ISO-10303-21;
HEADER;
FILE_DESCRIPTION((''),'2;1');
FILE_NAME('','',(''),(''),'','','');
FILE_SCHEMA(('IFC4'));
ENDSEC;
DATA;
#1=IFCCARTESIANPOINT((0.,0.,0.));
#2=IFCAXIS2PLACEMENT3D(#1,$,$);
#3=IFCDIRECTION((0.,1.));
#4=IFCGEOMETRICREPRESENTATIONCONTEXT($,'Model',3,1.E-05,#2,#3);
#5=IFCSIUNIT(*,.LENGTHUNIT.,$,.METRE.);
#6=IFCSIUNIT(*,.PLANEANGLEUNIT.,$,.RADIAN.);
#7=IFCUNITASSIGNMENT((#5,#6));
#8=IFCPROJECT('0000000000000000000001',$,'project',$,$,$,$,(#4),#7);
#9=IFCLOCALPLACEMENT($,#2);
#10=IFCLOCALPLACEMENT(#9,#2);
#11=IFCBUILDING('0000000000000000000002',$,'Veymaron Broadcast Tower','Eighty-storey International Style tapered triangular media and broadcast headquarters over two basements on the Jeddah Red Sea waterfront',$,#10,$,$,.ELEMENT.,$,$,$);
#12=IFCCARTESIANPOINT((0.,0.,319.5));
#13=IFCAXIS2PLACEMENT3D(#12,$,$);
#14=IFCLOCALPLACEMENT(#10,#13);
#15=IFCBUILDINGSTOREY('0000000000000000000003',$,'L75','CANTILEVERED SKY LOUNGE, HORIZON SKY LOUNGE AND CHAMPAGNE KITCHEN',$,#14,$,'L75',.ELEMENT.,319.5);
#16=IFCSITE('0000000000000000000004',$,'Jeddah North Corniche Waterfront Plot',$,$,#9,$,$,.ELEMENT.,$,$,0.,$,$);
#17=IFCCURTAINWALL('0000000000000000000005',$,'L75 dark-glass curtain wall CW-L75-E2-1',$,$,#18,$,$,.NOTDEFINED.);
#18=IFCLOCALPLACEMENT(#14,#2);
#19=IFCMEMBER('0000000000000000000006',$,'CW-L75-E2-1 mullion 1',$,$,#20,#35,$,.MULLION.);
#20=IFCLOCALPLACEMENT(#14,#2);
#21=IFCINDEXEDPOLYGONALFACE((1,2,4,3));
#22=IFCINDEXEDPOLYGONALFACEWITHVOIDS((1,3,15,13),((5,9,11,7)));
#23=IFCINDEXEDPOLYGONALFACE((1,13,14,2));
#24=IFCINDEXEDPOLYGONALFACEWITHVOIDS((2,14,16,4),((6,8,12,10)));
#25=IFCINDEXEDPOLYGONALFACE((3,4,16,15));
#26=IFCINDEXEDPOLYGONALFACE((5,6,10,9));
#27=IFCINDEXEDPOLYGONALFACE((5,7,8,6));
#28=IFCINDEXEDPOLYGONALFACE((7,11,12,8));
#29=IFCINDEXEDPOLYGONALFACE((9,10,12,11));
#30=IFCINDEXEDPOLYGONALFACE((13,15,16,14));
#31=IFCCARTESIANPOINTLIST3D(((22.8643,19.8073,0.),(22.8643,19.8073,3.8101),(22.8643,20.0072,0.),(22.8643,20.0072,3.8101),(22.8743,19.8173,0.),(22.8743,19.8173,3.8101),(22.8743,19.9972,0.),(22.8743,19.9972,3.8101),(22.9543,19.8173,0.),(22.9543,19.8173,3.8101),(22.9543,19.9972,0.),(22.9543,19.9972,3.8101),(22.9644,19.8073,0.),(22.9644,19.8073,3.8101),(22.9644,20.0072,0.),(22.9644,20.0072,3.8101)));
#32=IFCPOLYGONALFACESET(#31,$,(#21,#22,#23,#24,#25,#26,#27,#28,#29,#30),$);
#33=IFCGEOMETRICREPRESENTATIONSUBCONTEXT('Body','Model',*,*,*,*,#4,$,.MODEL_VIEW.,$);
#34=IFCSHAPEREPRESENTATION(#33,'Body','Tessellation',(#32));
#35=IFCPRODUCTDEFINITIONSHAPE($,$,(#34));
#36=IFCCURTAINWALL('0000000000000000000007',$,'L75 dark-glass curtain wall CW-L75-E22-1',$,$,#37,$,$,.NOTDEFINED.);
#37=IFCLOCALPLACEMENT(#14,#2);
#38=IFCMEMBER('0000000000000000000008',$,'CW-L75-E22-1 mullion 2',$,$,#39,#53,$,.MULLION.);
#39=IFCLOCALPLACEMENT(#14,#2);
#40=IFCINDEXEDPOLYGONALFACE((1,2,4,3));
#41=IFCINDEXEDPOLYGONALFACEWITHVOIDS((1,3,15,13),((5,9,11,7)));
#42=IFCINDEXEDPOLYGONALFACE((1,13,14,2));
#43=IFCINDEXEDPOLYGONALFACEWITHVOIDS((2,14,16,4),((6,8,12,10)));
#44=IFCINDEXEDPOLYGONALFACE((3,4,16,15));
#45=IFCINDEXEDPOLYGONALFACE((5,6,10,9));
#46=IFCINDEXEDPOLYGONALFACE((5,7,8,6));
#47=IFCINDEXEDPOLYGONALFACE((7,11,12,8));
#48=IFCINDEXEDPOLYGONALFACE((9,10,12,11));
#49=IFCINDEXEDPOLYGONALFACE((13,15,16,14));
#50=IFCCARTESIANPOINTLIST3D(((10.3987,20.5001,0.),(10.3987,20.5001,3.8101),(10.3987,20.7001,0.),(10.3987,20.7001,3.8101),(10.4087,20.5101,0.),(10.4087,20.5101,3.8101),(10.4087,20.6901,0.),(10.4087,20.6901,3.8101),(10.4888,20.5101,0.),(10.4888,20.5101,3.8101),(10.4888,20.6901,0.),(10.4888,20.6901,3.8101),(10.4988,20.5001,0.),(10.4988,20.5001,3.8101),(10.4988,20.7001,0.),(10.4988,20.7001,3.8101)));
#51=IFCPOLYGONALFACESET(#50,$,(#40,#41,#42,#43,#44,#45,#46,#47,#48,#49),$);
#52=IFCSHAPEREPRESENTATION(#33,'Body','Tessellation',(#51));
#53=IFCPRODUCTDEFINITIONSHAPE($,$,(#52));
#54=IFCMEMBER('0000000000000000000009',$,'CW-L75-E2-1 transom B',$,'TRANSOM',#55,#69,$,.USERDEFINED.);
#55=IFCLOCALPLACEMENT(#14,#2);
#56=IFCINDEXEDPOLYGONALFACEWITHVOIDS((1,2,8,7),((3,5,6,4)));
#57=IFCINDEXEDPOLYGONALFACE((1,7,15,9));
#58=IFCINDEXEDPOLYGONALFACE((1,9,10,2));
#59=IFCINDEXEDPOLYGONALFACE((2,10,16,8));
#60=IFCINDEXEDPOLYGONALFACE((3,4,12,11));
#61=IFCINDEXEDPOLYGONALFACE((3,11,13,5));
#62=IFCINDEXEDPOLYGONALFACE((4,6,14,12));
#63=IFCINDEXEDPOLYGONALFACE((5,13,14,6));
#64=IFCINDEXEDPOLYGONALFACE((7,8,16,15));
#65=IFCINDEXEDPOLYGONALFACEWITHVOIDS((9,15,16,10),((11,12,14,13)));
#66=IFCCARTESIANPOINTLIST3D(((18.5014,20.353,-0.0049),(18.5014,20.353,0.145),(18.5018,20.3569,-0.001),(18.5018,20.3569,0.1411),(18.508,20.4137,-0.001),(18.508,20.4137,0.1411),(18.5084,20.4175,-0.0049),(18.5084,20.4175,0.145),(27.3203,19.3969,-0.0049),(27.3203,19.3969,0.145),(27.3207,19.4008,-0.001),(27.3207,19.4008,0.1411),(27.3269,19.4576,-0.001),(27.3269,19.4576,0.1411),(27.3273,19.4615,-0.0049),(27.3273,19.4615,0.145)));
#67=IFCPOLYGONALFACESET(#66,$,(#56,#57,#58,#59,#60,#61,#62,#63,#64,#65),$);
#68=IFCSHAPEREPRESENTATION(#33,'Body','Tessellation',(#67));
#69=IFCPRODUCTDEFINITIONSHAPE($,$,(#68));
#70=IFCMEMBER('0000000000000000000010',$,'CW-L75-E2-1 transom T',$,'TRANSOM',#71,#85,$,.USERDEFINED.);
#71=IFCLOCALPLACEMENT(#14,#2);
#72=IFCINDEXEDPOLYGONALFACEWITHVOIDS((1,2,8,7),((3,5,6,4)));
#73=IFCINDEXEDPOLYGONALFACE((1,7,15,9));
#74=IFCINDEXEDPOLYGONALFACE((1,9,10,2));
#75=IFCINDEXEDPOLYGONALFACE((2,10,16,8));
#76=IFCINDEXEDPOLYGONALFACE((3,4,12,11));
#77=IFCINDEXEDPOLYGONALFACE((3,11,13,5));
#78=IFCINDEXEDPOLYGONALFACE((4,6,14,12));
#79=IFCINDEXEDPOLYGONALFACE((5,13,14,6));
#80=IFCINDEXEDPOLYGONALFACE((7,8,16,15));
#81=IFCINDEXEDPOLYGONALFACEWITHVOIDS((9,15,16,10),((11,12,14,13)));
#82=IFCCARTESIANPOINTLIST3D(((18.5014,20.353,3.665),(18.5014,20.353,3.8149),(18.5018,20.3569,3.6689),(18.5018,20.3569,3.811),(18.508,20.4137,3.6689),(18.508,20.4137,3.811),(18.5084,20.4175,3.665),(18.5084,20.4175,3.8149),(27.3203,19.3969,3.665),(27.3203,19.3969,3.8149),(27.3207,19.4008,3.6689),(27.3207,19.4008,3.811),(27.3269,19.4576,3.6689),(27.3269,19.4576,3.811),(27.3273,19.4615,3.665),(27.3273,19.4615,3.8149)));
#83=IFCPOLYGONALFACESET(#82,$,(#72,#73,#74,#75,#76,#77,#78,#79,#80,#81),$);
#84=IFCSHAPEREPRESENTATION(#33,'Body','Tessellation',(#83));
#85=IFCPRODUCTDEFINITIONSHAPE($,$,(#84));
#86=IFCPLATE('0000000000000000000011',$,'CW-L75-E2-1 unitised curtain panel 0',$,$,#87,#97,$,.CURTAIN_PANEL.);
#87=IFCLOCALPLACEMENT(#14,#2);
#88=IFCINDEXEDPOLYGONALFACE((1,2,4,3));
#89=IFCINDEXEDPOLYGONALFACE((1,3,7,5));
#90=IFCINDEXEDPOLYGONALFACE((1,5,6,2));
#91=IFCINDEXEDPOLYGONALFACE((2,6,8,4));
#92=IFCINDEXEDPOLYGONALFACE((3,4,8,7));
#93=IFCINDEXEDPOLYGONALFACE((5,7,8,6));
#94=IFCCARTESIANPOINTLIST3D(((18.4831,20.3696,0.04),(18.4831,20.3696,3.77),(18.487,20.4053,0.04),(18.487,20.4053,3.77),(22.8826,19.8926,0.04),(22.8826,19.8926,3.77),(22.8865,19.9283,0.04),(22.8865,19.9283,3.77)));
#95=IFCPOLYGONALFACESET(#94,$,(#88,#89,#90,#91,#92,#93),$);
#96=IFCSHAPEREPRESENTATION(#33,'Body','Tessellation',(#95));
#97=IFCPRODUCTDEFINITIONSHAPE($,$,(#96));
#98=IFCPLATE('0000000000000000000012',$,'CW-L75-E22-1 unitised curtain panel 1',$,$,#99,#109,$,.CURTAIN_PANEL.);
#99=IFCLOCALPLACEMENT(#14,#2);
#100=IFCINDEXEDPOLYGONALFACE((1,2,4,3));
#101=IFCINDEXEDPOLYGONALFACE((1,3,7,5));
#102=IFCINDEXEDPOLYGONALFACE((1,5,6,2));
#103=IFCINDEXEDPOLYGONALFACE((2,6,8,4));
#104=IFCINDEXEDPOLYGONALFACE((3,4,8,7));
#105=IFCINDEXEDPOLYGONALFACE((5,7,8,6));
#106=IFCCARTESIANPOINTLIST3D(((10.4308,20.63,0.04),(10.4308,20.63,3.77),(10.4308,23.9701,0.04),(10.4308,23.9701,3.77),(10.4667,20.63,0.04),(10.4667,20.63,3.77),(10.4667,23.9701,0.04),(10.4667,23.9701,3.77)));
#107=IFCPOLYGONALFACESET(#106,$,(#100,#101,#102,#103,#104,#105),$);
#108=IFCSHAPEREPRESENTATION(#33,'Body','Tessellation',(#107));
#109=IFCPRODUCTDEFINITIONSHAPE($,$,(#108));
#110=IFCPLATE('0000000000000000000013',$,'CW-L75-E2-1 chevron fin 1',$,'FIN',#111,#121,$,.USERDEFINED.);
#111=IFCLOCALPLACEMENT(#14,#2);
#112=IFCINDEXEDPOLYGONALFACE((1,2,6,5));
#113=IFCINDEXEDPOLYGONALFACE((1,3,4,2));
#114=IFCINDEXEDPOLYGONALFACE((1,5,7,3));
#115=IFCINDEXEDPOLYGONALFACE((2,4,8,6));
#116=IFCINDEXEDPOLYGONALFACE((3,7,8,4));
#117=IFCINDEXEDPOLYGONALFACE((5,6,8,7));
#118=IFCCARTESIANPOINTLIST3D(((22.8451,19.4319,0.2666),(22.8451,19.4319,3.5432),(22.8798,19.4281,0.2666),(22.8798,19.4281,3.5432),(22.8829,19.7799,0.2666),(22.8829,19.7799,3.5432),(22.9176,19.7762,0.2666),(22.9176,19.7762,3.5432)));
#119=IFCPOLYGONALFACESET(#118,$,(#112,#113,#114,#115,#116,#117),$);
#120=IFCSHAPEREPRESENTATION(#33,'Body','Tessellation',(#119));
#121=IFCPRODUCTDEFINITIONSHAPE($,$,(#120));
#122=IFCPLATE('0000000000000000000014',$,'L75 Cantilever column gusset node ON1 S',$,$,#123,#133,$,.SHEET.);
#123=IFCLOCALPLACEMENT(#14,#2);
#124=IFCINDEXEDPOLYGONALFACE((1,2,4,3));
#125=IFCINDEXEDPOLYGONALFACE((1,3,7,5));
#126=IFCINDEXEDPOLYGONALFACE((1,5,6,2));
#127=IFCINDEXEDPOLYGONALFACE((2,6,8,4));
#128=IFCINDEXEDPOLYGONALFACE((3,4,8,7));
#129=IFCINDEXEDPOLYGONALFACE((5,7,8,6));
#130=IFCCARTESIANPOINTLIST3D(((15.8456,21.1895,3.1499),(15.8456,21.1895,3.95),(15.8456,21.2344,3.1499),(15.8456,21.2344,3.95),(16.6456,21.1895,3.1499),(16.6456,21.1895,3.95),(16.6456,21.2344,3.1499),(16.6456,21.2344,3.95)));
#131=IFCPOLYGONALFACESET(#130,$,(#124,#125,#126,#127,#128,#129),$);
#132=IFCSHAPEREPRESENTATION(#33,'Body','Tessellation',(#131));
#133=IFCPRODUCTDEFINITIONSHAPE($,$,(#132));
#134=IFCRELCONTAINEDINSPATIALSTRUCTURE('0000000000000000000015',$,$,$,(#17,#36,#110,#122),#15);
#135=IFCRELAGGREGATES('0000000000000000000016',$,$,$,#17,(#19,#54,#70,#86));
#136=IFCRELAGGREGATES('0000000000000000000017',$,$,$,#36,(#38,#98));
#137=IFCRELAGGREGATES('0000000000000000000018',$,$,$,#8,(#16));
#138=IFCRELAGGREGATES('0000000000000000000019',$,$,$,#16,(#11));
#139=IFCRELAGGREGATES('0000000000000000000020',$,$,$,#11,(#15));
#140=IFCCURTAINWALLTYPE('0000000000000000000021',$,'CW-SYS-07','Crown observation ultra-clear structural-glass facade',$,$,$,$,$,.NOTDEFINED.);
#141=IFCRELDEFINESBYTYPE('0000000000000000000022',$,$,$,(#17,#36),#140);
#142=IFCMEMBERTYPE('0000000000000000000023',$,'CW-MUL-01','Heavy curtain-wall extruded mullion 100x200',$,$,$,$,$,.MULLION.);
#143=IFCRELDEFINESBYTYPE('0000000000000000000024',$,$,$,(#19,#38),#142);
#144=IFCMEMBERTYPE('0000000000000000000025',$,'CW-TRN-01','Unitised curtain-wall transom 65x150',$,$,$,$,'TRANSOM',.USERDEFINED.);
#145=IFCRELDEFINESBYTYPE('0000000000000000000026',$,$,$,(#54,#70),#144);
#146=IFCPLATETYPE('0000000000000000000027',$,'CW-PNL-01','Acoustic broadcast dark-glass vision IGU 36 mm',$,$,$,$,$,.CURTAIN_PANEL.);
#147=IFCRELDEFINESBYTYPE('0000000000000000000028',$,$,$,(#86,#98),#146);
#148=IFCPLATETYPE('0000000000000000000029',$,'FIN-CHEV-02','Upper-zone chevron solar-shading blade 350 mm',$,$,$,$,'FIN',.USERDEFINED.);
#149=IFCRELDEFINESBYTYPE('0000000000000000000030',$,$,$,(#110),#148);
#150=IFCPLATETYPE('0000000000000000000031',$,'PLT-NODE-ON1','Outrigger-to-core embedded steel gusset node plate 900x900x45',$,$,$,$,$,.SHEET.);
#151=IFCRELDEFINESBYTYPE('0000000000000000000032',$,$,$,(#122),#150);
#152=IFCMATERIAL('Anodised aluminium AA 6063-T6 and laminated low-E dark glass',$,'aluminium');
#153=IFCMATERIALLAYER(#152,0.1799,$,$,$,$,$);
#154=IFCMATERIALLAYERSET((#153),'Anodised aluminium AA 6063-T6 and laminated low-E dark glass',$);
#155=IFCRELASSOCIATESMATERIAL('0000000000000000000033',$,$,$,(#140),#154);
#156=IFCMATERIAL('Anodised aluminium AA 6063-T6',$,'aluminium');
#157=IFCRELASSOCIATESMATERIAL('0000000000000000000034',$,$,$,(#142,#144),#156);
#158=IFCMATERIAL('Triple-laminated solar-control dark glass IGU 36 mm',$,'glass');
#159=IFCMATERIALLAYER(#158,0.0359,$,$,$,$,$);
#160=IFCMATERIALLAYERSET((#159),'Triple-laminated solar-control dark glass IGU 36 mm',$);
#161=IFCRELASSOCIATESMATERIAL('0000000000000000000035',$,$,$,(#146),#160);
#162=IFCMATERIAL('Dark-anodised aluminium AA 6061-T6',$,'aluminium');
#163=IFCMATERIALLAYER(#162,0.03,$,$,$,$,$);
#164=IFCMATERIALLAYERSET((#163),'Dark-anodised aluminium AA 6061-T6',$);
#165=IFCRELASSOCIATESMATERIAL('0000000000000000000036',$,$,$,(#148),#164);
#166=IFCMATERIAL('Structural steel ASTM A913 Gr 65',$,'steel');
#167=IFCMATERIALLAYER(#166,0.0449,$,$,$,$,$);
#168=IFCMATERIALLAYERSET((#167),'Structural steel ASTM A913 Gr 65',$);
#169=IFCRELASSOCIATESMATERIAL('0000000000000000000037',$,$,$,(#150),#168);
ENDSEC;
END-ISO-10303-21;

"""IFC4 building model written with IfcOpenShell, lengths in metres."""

from ifc_helpers import new_model, si_unit, direction, frame, origin, origin_2d, place, context, subcontext, project, spatial, rectangle, hollow_rectangle, extrude, material, layer, layer_set, material_profile, profile_set, type_object, element, aggregate, save


model = new_model("IFC4")

# Units and contexts
model_context = context("Model", 3, precision=1e-05, world=origin(), true_north=direction((0.0, 1.0)))
body_context = subcontext(model_context, "Body", "Model", "MODEL_VIEW")
ifc_project = project(units=[si_unit("LENGTHUNIT", "METRE"), si_unit("PLANEANGLEUNIT", "RADIAN")], contexts=[model_context])

# Site, building, storey
site_placement = place(None, origin())
site = spatial("IfcSite", under=ifc_project, at=site_placement, Name="Jeddah North Corniche Waterfront Plot", CompositionType="ELEMENT", RefElevation=0.0)
building_placement = place(site_placement, origin())
building = spatial("IfcBuilding", under=site, at=building_placement, Name="Veymaron Broadcast Tower", Description="Eighty-storey International Style tapered triangular media and broadcast headquarters over two basements on the Jeddah Red Sea waterfront", CompositionType="ELEMENT")
storey_placement = place(building_placement, frame((0.0, 0.0, 319.5)))
storey = spatial("IfcBuildingStorey", under=building, at=storey_placement, Name="L75", Description="CANTILEVERED SKY LOUNGE, HORIZON SKY LOUNGE AND CHAMPAGNE KITCHEN", LongName="L75", CompositionType="ELEMENT", Elevation=319.5)

# Shared definitions
ifc_material_1 = material(Name="Structural steel ASTM A913 Gr 65", Category="steel")

# Curtain wall, member
ifc_material_2 = material(Name="Anodised aluminium AA 6063-T6 and laminated low-E dark glass", Category="aluminium")
ifc_layer_1 = layer(ifc_material_2, 0.1799)
ifc_layer_set_1 = layer_set([ifc_layer_1], Name="Anodised aluminium AA 6063-T6 and laminated low-E dark glass")
curtain_wall_type = type_object("IfcCurtainWallType", Name="CW-SYS-07", Description="Crown observation ultra-clear structural-glass facade", PredefinedType="NOTDEFINED", material=ifc_layer_set_1)
curtain_wall_1_placement = place(storey_placement, origin())
curtain_wall_1 = element("IfcCurtainWall", 1, at=curtain_wall_1_placement, inside=storey, type_object=curtain_wall_type, Name="L75 dark-glass curtain wall CW-L75-E2-1", PredefinedType="NOTDEFINED")
ifc_material_3 = material(Name="Anodised aluminium AA 6063-T6", Category="aluminium")
ifc_material_profile_1 = material_profile(ifc_material_3, hollow_rectangle(XDim=0.1001, YDim=0.2, WallThickness=0.01, at=origin_2d()), Name="RHS200X100X10")
ifc_profile_set_1 = profile_set([ifc_material_profile_1], Name="Anodised aluminium AA 6063-T6")
member_type_1 = type_object("IfcMemberType", Name="CW-MUL-01", Description="Heavy curtain-wall extruded mullion 100x200", PredefinedType="MULLION", material=ifc_profile_set_1)
member_1_placement = place(storey_placement, frame((22.9143, 19.9072, 0.0), z_axis=(0.0, 0.0, 1.0), x_axis=(1.0, 0.0, 0.0)))
member_1 = element("IfcMember", 2, at=member_1_placement, type_object=member_type_1, Name="CW-L75-E2-1 mullion 1", PredefinedType="MULLION", context=body_context, shape_type="SweptSolid", body=[
    extrude(hollow_rectangle(XDim=0.1001, YDim=0.2, WallThickness=0.01, at=origin_2d()), origin(), (0.0, 0.0, 1.0), 3.8101),
])

# Curtain wall, member
curtain_wall_2_placement = place(storey_placement, origin())
curtain_wall_2 = element("IfcCurtainWall", 3, at=curtain_wall_2_placement, inside=storey, type_object=curtain_wall_type, Name="L75 dark-glass curtain wall CW-L75-E22-1", PredefinedType="NOTDEFINED")
member_2_placement = place(storey_placement, frame((10.4487, 20.6001, 0.0), z_axis=(0.0, 0.0, 1.0), x_axis=(1.0, 0.0, 0.0)))
member_2 = element("IfcMember", 4, at=member_2_placement, type_object=member_type_1, Name="CW-L75-E22-1 mullion 2", PredefinedType="MULLION", context=body_context, shape_type="SweptSolid", body=[
    extrude(hollow_rectangle(XDim=0.1001, YDim=0.2, WallThickness=0.01, at=origin_2d()), origin(), (0.0, 0.0, 1.0), 3.8101),
])

# Members
ifc_material_profile_2 = material_profile(ifc_material_3, hollow_rectangle(XDim=0.0649, YDim=0.1499, WallThickness=0.0039, at=origin_2d()), Name="AL150X65X4")
ifc_profile_set_2 = profile_set([ifc_material_profile_2], Name="Anodised aluminium AA 6063-T6")
member_type_2 = type_object("IfcMemberType", Name="CW-TRN-01", Description="Unitised curtain-wall transom 65x150", ElementType="TRANSOM", PredefinedType="USERDEFINED", material=ifc_profile_set_2)
member_3_placement = place(storey_placement, frame((18.5049, 20.3853, 0.0701), z_axis=(0.994175, -0.107779, 0.0), x_axis=(0.107779, 0.994175, 0.0)))
member_3 = element("IfcMember", 5, at=member_3_placement, type_object=member_type_2, Name="CW-L75-E2-1 transom B", ObjectType="TRANSOM", PredefinedType="USERDEFINED", context=body_context, shape_type="SweptSolid", body=[
    extrude(hollow_rectangle(XDim=0.0649, YDim=0.1499, WallThickness=0.0039, at=origin_2d()), origin(), (0.0, 0.0, 1.0), 8.8706),
])
member_4_placement = place(storey_placement, frame((18.5049, 20.3853, 3.74), z_axis=(0.994175, -0.107779, 0.0), x_axis=(0.107779, 0.994175, 0.0)))
member_4 = element("IfcMember", 6, at=member_4_placement, type_object=member_type_2, Name="CW-L75-E2-1 transom T", ObjectType="TRANSOM", PredefinedType="USERDEFINED", context=body_context, shape_type="SweptSolid", body=[
    extrude(hollow_rectangle(XDim=0.0649, YDim=0.1499, WallThickness=0.0039, at=origin_2d()), origin(), (0.0, 0.0, 1.0), 8.8706),
])

# Plates
ifc_material_4 = material(Name="Triple-laminated solar-control dark glass IGU 36 mm", Category="glass")
ifc_layer_2 = layer(ifc_material_4, 0.0359)
ifc_layer_set_2 = layer_set([ifc_layer_2], Name="Triple-laminated solar-control dark glass IGU 36 mm")
plate_type_1 = type_object("IfcPlateType", Name="CW-PNL-01", Description="Acoustic broadcast dark-glass vision IGU 36 mm", PredefinedType="CURTAIN_PANEL", material=ifc_layer_set_2)
plate_1_placement = place(storey_placement, frame((20.6848, 20.1489, 0.04), z_axis=(0.0, 0.0, 1.0), x_axis=(0.994174, -0.107791, 0.0)))
plate_1 = element("IfcPlate", 7, at=plate_1_placement, type_object=plate_type_1, Name="CW-L75-E2-1 unitised curtain panel 0", PredefinedType="CURTAIN_PANEL", context=body_context, shape_type="SweptSolid", body=[
    extrude(rectangle(XDim=4.4253, YDim=0.0359, at=origin_2d()), origin(), (0.0, 0.0, 1.0), 3.73),
])
aggregate(curtain_wall_1, [member_1, member_3, member_4, plate_1])
plate_2_placement = place(storey_placement, frame((10.4487, 22.3, 0.04), z_axis=(0.0, 0.0, 1.0), x_axis=(0.0, -1.0, 0.0)))
plate_2 = element("IfcPlate", 8, at=plate_2_placement, type_object=plate_type_1, Name="CW-L75-E22-1 unitised curtain panel 1", PredefinedType="CURTAIN_PANEL", context=body_context, shape_type="SweptSolid", body=[
    extrude(rectangle(XDim=3.3401, YDim=0.0359, at=origin_2d()), origin(), (0.0, 0.0, 1.0), 3.73),
])
aggregate(curtain_wall_2, [member_2, plate_2])

# Plates
ifc_material_5 = material(Name="Dark-anodised aluminium AA 6061-T6", Category="aluminium")
ifc_layer_3 = layer(ifc_material_5, 0.03)
ifc_layer_set_3 = layer_set([ifc_layer_3], Name="Dark-anodised aluminium AA 6061-T6")
plate_type_2 = type_object("IfcPlateType", Name="FIN-CHEV-02", Description="Upper-zone chevron solar-shading blade 350 mm", ElementType="FIN", PredefinedType="USERDEFINED", material=ifc_layer_set_3)
plate_3_placement = place(storey_placement, frame((22.8813, 19.604, 0.2666), z_axis=(0.0, 0.0, 1.0), x_axis=(-0.107791, -0.994174, 0.0)))
element("IfcPlate", 9, at=plate_3_placement, inside=storey, type_object=plate_type_2, Name="CW-L75-E2-1 chevron fin 1", ObjectType="FIN", PredefinedType="USERDEFINED", context=body_context, shape_type="SweptSolid", body=[
    extrude(rectangle(XDim=0.3501, YDim=0.0349, at=origin_2d()), origin(), (0.0, 0.0, 1.0), 3.2766),
])
ifc_layer_4 = layer(ifc_material_1, 0.0449)
ifc_layer_set_4 = layer_set([ifc_layer_4], Name="Structural steel ASTM A913 Gr 65")
plate_type_3 = type_object("IfcPlateType", Name="PLT-NODE-ON1", Description="Outrigger-to-core embedded steel gusset node plate 900x900x45", PredefinedType="SHEET", material=ifc_layer_set_4)
plate_4_placement = place(storey_placement, frame((16.2456, 21.2119, 3.1499), z_axis=(0.0, 0.0, 1.0), x_axis=(1.0, 0.0, 0.0)))
element("IfcPlate", 10, at=plate_4_placement, inside=storey, type_object=plate_type_3, Name="L75 Cantilever column gusset node ON1 S", PredefinedType="SHEET", context=body_context, shape_type="SweptSolid", body=[
    extrude(rectangle(XDim=0.8, YDim=0.0449, at=origin_2d()), origin(), (0.0, 0.0, 1.0), 0.8),
])

save(model, "model.ifc")
